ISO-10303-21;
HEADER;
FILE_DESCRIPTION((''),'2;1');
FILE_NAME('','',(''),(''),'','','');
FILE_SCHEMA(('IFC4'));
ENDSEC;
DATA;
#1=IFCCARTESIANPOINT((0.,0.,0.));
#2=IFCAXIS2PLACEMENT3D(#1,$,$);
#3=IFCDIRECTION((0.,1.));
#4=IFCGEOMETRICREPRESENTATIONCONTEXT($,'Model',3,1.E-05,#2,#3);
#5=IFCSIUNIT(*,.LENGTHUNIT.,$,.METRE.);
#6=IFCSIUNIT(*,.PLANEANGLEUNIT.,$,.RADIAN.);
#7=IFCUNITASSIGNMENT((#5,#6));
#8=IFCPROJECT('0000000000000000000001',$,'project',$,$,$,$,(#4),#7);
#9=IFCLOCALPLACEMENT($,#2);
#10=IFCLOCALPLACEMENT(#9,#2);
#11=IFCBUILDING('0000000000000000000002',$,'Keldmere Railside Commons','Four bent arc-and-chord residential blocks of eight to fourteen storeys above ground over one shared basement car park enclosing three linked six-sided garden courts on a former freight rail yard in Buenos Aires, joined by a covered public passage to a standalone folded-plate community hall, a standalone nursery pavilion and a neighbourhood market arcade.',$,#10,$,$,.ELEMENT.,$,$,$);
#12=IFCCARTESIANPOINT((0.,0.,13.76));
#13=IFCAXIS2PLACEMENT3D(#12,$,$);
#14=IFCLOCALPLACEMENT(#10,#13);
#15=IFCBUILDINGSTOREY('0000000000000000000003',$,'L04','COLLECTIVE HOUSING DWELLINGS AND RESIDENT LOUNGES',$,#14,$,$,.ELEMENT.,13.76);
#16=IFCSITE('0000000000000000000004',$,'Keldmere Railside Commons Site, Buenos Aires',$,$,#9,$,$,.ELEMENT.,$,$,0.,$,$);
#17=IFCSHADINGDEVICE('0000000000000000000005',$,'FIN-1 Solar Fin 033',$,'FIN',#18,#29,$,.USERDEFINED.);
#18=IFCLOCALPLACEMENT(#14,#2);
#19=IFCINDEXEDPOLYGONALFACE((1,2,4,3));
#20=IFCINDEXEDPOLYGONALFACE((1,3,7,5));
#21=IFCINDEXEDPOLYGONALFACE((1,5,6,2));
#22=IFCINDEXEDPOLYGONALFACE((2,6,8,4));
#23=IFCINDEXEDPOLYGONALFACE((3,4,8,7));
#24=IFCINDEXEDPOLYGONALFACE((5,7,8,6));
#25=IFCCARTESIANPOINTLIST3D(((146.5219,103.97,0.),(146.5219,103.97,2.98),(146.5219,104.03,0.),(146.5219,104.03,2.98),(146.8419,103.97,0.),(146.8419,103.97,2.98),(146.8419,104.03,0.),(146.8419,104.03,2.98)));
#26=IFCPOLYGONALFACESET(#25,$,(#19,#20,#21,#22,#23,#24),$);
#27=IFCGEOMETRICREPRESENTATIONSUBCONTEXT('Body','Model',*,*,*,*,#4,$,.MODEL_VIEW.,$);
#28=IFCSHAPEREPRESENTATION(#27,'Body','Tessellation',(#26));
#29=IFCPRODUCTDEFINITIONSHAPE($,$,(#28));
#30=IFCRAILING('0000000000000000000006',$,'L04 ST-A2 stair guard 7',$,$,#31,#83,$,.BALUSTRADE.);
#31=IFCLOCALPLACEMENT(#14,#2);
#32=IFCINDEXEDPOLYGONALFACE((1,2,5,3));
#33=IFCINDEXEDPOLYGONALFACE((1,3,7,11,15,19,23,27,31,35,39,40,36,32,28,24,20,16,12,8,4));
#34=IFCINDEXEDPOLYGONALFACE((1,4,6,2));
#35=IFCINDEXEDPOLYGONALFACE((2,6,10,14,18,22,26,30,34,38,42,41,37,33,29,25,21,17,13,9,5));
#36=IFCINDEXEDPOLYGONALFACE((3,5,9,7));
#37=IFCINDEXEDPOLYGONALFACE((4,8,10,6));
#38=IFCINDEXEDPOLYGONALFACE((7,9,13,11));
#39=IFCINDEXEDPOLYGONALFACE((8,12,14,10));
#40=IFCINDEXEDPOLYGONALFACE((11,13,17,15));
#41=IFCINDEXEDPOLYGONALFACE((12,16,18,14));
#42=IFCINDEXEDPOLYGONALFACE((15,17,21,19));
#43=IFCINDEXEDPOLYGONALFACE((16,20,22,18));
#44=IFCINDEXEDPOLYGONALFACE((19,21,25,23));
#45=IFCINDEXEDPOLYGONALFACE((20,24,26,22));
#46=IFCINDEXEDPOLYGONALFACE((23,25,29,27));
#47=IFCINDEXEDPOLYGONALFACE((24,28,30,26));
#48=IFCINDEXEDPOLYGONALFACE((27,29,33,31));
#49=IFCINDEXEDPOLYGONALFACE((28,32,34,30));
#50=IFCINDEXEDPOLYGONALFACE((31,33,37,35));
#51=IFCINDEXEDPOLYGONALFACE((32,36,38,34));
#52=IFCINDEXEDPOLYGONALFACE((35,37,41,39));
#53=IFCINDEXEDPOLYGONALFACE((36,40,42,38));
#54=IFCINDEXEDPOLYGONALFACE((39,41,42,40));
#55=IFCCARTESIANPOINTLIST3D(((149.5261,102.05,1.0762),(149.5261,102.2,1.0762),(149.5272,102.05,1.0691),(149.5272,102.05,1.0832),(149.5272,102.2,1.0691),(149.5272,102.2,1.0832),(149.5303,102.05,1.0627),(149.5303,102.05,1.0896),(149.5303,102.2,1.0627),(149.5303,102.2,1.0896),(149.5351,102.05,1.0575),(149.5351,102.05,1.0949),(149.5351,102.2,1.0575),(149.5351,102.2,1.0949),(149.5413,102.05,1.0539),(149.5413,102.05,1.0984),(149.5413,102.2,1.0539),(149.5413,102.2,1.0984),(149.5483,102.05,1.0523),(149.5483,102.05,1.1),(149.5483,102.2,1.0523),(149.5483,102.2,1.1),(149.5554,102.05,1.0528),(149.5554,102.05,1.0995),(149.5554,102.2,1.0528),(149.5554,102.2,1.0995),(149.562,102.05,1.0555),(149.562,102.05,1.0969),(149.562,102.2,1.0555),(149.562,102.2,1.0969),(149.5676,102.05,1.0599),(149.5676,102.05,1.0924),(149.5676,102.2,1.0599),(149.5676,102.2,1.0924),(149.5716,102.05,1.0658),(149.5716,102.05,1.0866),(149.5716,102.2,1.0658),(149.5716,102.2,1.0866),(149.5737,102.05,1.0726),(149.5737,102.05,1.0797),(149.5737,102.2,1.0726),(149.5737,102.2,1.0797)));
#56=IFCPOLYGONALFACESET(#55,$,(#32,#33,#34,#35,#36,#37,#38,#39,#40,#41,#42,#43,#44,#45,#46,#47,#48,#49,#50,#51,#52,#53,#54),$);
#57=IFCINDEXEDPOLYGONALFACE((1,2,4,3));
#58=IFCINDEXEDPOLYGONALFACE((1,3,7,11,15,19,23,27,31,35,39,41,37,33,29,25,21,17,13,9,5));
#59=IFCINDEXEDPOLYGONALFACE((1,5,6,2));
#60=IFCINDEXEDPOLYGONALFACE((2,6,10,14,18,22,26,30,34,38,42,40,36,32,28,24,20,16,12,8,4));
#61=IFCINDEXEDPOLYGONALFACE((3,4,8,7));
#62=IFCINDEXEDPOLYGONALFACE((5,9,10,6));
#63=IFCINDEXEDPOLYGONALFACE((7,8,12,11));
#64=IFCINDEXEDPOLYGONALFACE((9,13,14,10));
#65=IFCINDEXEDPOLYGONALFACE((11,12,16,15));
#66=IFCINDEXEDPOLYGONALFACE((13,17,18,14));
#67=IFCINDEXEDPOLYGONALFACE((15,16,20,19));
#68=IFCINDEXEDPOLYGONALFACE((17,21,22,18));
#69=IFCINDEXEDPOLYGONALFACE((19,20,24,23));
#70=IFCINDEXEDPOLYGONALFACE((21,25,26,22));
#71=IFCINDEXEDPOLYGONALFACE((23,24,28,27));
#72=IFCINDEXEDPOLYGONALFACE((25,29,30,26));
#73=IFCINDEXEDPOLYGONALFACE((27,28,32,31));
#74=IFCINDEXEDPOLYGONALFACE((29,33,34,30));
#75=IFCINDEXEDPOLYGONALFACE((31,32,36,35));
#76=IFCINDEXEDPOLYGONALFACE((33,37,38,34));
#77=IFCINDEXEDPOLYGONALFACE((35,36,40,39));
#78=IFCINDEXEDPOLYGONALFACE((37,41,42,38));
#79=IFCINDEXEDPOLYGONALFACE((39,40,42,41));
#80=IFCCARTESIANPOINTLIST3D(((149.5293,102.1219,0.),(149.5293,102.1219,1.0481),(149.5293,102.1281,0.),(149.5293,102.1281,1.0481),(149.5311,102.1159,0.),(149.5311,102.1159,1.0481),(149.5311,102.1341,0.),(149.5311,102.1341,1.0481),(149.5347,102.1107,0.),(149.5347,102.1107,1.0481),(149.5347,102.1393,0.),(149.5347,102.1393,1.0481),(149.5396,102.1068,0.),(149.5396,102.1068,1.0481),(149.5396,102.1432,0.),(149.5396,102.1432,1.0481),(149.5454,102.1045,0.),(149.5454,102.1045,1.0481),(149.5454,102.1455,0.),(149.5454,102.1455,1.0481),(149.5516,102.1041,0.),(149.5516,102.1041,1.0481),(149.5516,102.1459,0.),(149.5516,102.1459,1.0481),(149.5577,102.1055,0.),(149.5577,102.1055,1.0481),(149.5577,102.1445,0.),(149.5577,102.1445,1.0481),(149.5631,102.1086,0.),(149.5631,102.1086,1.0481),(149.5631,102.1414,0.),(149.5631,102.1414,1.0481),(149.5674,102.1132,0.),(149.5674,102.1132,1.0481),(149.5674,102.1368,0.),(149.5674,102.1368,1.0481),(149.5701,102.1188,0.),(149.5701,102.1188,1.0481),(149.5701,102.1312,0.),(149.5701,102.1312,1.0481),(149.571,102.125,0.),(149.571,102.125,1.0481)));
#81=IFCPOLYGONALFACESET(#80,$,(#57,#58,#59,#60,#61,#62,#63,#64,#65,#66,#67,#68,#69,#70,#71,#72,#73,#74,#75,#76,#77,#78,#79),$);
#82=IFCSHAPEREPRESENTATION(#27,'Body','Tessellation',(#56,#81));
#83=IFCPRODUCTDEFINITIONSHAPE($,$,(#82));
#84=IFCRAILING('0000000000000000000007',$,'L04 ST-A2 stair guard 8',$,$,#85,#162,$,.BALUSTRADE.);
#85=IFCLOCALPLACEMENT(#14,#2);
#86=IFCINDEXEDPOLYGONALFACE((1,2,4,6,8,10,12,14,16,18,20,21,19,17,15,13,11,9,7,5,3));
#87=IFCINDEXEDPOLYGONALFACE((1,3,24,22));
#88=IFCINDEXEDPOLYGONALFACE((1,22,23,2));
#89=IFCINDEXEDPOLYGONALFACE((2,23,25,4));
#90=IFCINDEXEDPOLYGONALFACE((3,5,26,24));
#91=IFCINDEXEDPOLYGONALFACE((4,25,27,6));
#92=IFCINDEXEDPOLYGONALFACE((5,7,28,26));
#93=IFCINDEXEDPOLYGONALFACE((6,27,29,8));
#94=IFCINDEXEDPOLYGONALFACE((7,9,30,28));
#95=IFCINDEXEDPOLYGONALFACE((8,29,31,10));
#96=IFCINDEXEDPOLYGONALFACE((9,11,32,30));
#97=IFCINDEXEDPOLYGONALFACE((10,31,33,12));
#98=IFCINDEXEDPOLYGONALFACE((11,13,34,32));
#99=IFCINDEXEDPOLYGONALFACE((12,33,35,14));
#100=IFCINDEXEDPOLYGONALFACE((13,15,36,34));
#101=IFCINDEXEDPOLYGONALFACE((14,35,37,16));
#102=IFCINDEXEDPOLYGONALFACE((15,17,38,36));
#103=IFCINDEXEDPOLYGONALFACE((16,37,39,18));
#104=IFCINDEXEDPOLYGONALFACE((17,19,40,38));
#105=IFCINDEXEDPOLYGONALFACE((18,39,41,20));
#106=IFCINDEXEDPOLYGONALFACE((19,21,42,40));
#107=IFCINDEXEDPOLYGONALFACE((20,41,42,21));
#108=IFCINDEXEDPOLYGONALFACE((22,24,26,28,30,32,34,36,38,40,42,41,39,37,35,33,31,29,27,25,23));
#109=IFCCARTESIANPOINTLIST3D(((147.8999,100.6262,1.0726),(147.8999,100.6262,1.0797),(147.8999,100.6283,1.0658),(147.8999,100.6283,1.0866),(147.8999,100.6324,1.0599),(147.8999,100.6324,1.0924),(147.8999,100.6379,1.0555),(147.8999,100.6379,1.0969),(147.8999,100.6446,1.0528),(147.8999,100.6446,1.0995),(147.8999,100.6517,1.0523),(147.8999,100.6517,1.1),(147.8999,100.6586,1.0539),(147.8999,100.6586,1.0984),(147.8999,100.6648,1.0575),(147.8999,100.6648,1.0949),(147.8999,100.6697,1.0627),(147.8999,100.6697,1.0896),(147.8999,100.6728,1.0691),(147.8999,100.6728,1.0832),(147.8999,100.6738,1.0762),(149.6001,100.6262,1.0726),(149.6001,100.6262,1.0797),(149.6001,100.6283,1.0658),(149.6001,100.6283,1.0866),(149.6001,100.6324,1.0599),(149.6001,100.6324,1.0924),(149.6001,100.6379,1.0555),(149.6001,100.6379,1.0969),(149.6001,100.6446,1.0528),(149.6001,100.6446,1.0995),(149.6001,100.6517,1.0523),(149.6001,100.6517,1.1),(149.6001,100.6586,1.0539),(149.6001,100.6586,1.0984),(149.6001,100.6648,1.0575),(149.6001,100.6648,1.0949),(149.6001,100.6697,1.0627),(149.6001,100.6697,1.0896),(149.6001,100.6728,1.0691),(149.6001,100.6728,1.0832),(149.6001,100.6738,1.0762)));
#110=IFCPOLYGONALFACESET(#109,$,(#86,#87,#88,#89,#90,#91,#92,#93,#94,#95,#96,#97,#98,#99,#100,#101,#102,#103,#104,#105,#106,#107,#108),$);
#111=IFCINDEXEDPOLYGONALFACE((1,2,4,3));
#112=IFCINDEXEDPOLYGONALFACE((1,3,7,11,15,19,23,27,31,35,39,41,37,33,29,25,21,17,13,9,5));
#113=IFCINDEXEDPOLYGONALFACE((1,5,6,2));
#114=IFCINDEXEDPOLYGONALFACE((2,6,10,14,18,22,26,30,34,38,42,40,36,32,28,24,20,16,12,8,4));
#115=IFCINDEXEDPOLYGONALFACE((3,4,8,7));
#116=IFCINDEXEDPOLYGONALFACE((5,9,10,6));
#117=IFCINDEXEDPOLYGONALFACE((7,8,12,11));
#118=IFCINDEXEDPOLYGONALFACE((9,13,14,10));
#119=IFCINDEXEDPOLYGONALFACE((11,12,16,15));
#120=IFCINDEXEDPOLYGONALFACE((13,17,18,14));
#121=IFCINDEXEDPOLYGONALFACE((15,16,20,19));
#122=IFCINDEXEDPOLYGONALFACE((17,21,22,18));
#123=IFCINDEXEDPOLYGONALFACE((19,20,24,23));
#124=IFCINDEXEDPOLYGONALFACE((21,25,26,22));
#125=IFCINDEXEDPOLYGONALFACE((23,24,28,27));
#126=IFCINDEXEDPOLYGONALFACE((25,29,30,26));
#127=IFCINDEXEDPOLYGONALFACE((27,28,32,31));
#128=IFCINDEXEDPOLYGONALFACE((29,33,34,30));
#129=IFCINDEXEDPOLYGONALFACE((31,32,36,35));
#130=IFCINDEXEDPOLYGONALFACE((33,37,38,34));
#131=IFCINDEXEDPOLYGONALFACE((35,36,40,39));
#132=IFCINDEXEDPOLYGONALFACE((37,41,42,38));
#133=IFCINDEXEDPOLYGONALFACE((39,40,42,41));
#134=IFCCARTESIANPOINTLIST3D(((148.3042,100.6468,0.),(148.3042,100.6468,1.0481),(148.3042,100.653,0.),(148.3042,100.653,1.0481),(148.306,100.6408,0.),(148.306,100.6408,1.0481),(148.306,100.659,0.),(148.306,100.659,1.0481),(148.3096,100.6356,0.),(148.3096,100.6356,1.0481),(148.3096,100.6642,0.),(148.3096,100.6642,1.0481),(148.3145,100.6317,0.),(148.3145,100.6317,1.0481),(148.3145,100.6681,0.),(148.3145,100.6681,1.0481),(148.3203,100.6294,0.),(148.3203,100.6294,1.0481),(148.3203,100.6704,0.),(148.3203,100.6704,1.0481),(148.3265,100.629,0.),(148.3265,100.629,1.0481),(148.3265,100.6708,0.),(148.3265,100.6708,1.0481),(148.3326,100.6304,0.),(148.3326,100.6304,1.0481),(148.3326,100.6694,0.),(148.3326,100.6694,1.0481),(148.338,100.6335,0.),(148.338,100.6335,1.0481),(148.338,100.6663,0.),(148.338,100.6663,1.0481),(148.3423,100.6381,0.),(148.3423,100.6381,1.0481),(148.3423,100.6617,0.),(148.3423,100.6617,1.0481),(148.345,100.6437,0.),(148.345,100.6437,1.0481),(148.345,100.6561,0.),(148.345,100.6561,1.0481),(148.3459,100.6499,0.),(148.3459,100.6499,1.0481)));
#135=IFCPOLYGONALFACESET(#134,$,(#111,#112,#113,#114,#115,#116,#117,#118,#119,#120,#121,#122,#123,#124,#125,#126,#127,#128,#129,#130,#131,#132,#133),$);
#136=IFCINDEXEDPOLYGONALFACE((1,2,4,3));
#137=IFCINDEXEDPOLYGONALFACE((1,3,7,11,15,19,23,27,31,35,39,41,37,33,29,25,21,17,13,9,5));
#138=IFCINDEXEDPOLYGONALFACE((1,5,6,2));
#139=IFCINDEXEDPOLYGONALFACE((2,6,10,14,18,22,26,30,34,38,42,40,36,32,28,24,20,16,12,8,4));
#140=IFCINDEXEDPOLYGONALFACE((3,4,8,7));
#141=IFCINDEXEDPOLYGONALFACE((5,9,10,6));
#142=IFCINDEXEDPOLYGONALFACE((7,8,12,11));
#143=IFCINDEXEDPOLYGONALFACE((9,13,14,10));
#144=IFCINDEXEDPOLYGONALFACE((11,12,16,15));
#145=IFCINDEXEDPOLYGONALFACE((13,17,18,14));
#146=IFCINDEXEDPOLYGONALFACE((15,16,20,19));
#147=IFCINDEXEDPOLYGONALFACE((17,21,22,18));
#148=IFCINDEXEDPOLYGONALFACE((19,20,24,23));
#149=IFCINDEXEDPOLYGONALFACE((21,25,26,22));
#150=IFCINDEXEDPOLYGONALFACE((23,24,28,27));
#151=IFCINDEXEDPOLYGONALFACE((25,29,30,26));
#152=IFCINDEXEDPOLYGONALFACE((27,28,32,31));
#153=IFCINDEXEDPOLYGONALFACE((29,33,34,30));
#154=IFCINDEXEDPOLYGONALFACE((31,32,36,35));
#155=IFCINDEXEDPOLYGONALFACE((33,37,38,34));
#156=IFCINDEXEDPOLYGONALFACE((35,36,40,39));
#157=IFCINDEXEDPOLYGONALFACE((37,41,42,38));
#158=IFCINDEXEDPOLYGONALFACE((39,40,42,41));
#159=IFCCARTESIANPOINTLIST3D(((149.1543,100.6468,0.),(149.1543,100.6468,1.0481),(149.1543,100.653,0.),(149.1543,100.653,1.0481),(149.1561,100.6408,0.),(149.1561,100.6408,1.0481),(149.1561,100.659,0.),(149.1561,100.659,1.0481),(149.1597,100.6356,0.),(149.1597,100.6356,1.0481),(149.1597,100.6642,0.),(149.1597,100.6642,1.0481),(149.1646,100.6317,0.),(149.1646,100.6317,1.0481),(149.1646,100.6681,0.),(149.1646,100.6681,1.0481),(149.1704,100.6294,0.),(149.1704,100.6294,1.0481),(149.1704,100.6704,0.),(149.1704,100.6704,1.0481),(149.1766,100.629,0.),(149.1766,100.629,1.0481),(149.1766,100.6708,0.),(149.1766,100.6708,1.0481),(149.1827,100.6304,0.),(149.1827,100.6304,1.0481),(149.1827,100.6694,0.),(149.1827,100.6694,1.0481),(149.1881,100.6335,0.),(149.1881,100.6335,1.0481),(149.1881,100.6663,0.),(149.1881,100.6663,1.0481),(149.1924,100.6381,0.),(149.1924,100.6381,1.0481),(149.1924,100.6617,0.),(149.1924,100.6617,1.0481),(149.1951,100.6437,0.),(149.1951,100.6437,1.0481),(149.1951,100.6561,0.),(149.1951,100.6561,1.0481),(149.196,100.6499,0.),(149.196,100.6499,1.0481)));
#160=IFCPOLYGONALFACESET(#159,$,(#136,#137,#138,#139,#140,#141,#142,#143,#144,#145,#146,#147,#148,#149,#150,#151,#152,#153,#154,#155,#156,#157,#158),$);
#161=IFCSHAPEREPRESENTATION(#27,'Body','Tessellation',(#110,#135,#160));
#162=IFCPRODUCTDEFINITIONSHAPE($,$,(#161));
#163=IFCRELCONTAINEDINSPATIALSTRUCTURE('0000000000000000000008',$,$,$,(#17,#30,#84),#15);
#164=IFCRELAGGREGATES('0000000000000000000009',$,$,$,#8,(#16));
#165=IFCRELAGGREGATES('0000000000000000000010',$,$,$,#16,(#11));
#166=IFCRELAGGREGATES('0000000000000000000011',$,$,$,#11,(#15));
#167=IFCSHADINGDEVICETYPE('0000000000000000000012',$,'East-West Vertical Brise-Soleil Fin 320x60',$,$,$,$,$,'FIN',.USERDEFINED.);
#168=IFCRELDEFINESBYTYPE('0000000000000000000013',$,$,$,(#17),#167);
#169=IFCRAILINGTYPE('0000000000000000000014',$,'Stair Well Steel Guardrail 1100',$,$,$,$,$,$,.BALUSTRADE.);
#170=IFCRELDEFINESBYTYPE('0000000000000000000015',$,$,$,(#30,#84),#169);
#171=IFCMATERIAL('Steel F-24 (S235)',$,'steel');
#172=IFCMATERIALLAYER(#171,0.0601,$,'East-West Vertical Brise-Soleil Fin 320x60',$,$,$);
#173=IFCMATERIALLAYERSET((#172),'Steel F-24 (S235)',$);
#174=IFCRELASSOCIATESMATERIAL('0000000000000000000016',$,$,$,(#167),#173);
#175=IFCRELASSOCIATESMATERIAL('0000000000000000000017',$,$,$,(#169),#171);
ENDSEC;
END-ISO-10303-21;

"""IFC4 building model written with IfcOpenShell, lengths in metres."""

from ifc_helpers import new_model, si_unit, direction, frame, origin, origin_2d, place, context, subcontext, project, spatial, rectangle, circle, extrude, material, layer, layer_set, type_object, element, save


model = new_model("IFC4")

# Units and contexts
model_context = context("Model", 3, precision=1e-05, world=origin(), true_north=direction((0.0, 1.0)))
body_context = subcontext(model_context, "Body", "Model", "MODEL_VIEW")
ifc_project = project(units=[si_unit("LENGTHUNIT", "METRE"), si_unit("PLANEANGLEUNIT", "RADIAN")], contexts=[model_context])

# Site, building, storey
site_placement = place(None, origin())
site = spatial("IfcSite", under=ifc_project, at=site_placement, Name="Keldmere Railside Commons Site, Buenos Aires", CompositionType="ELEMENT", RefElevation=0.0)
building_placement = place(site_placement, origin())
building = spatial("IfcBuilding", under=site, at=building_placement, Name="Keldmere Railside Commons", Description="Four bent arc-and-chord residential blocks of eight to fourteen storeys above ground over one shared basement car park enclosing three linked six-sided garden courts on a former freight rail yard in Buenos Aires, joined by a covered public passage to a standalone folded-plate community hall, a standalone nursery pavilion and a neighbourhood market arcade.", CompositionType="ELEMENT")
storey_placement = place(building_placement, frame((0.0, 0.0, 13.76)))
storey = spatial("IfcBuildingStorey", under=building, at=storey_placement, Name="L04", Description="COLLECTIVE HOUSING DWELLINGS AND RESIDENT LOUNGES", CompositionType="ELEMENT", Elevation=13.76)

# Shared definitions
ifc_material_1 = material(Name="Steel F-24 (S235)", Category="steel")

# Shading device
ifc_layer_1 = layer(ifc_material_1, 0.0601, Name="East-West Vertical Brise-Soleil Fin 320x60")
ifc_layer_set_1 = layer_set([ifc_layer_1], Name="Steel F-24 (S235)")
shading_device_type = type_object("IfcShadingDeviceType", Name="East-West Vertical Brise-Soleil Fin 320x60", ElementType="FIN", PredefinedType="USERDEFINED", material=ifc_layer_set_1)
shading_device_placement = place(storey_placement, frame((146.6819, 104.0, 0.0), z_axis=(0.0, 0.0, 1.0), x_axis=(1.0, 0.0, 0.0)))
element("IfcShadingDevice", 1, at=shading_device_placement, inside=storey, type_object=shading_device_type, Name="FIN-1 Solar Fin 033", ObjectType="FIN", PredefinedType="USERDEFINED", context=body_context, shape_type="SweptSolid", body=[
    extrude(rectangle(XDim=0.3201, YDim=0.0601, at=origin_2d()), origin(), (0.0, 0.0, 1.0), 2.98),
])

# Railings
railing_type_1 = type_object("IfcRailingType", Name="Stair Well Steel Guardrail 1100", PredefinedType="BALUSTRADE", material=ifc_material_1)
railing_1_placement = place(storey_placement, frame((149.55, 102.05, 0.0)))
element("IfcRailing", 2, at=railing_1_placement, inside=storey, type_object=railing_type_1, Name="L04 ST-A2 stair guard 7", PredefinedType="BALUSTRADE", context=body_context, shape_type="SweptSolid", body=[
    extrude(circle(Radius=0.0239, at=origin_2d()), frame((0.0, 0.0, 1.0762), z_axis=(0.0, 1.0, 0.0), x_axis=(-1.0, 0.0, 0.0)), (0.0, 0.0, 1.0), 0.1499),
    extrude(circle(Radius=0.021, at=origin_2d()), frame((0.0, 0.075, 0.0)), (0.0, 0.0, 1.0), 1.0481),
])
for number, where, name in (
    (3, (147.8999, 100.6499, 0.0), "L04 ST-A2 stair guard 8"),
):
    element("IfcRailing", number, at=place(storey_placement, frame(where)), inside=storey, type_object=railing_type_1, Name=name, PredefinedType="BALUSTRADE", context=body_context, shape_type="SweptSolid", body=[
        extrude(circle(Radius=0.0239, at=origin_2d()), frame((0.0, 0.0, 1.0762), z_axis=(1.0, 0.0, 0.0), x_axis=(0.0, 1.0, 0.0)), (0.0, 0.0, 1.0), 1.7002),
        extrude(circle(Radius=0.021, at=origin_2d()), frame((0.425, 0.0, 0.0)), (0.0, 0.0, 1.0), 1.0481),
        extrude(circle(Radius=0.021, at=origin_2d()), frame((1.2751, 0.0, 0.0)), (0.0, 0.0, 1.0), 1.0481),
    ])

save(model, "model.ifc")
